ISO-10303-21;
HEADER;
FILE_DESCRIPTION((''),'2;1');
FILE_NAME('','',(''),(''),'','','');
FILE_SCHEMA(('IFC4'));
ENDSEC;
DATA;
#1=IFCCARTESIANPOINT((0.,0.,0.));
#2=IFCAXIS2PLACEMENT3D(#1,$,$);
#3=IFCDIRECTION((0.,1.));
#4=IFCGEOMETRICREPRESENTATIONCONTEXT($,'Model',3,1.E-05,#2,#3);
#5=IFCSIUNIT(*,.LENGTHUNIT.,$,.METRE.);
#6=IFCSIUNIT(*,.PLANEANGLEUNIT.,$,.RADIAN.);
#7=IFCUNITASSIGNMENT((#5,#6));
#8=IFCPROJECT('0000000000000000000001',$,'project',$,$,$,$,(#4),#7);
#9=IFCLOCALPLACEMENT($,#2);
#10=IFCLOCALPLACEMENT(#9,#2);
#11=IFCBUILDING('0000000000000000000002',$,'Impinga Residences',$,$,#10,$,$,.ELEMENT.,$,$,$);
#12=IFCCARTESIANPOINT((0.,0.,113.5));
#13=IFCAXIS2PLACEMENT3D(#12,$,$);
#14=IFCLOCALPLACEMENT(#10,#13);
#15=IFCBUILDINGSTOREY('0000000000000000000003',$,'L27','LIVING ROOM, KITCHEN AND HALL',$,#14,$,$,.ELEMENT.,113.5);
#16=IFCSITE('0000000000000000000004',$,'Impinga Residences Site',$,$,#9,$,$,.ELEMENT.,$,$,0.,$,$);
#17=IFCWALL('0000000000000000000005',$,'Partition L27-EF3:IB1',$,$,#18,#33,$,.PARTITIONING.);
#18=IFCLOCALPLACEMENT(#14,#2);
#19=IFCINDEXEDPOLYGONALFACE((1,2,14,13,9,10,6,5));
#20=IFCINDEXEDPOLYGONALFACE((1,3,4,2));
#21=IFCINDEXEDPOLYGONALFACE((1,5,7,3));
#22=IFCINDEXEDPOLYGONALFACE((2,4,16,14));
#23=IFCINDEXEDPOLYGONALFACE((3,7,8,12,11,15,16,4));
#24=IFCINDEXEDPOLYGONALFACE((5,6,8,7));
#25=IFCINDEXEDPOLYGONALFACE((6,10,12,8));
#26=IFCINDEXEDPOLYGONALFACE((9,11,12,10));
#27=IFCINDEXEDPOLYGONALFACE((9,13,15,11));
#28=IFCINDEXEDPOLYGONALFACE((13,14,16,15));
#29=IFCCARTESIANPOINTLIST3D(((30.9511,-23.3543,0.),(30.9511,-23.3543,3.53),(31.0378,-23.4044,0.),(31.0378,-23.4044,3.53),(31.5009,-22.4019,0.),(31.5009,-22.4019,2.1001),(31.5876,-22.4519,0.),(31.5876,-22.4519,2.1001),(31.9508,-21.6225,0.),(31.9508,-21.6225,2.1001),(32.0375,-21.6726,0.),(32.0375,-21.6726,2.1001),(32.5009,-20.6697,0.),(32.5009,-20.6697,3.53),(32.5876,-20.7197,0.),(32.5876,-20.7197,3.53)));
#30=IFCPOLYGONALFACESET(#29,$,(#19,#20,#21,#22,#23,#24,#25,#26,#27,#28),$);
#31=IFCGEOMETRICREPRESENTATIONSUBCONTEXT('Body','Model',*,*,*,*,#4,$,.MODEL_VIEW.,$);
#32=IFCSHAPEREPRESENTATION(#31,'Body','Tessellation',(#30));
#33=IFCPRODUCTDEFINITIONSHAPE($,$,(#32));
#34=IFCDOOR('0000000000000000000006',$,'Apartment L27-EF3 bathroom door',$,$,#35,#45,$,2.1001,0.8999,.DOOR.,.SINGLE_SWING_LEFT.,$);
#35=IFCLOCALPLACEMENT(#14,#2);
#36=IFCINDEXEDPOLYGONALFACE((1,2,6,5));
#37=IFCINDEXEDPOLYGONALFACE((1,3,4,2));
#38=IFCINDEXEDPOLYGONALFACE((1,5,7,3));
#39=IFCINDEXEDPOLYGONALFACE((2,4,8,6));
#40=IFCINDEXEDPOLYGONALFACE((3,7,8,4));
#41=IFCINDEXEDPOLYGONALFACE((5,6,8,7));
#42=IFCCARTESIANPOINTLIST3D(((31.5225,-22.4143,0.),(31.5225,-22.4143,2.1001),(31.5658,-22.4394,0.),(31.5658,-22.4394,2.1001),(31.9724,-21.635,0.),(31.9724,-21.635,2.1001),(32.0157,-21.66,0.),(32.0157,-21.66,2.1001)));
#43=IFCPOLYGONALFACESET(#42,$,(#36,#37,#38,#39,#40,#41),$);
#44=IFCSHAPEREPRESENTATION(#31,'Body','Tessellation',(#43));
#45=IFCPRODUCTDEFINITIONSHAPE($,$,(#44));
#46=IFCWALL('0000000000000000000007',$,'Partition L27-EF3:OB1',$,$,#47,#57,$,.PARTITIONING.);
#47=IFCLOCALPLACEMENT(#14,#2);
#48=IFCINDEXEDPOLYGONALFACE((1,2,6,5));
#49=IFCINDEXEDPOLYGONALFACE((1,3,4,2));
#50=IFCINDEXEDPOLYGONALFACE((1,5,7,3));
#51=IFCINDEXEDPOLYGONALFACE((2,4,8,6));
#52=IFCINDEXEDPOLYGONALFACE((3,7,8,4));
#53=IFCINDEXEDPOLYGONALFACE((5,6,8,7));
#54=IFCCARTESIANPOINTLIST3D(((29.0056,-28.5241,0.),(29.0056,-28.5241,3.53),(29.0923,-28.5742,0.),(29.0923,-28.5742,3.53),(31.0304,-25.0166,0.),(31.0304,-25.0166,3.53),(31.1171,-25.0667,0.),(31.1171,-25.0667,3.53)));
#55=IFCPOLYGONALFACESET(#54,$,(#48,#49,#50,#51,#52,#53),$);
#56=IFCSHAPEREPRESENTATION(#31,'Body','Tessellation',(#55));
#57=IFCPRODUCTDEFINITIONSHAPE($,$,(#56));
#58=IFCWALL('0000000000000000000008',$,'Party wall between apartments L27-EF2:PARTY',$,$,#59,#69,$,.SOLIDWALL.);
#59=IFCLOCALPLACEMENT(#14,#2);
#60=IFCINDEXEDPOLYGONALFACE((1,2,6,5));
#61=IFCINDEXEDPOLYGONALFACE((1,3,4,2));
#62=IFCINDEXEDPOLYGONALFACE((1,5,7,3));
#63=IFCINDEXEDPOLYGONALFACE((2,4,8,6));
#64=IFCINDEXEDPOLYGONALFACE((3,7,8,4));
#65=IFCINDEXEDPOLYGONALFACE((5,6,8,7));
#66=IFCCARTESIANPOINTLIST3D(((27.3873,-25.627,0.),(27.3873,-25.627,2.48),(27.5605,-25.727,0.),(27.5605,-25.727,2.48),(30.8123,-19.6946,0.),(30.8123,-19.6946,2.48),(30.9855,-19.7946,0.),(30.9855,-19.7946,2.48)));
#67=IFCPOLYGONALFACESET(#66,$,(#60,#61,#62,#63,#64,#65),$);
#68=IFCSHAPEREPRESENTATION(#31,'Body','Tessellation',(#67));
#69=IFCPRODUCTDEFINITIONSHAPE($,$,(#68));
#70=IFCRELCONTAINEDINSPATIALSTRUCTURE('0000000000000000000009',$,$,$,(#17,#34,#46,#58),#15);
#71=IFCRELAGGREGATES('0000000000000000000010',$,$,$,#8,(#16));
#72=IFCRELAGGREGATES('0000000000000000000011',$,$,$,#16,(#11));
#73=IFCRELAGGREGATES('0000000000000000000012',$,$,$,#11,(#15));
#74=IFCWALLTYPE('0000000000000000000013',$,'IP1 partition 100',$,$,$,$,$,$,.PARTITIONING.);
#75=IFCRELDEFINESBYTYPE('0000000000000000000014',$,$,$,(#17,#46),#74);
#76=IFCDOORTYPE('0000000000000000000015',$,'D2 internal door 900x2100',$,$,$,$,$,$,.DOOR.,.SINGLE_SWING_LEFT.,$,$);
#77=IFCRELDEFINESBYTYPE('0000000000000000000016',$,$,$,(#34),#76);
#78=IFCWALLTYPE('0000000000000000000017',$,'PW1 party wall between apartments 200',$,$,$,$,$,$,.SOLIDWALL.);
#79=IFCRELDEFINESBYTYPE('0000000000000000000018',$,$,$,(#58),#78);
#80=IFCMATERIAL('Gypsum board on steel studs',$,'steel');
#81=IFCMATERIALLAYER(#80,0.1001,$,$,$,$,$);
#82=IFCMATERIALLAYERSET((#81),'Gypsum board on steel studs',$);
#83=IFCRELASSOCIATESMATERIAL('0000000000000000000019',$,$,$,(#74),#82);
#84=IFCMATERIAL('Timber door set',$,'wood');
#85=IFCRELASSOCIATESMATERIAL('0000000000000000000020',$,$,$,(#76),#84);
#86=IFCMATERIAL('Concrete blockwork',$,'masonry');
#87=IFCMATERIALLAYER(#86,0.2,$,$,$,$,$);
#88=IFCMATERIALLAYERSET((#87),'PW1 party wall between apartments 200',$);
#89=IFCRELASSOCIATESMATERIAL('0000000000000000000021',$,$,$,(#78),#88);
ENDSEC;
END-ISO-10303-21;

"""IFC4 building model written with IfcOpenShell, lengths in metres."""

from ifc_helpers import new_model, si_unit, direction, frame, frame_2d, origin, place, context, subcontext, project, spatial, rectangle, extrude, material, layer, layer_set, type_object, element, fill, save


model = new_model("IFC4")

# Units and contexts
model_context = context("Model", 3, precision=1e-05, world=origin(), true_north=direction((0.0, 1.0)))
body_context = subcontext(model_context, "Body", "Model", "MODEL_VIEW")
ifc_project = project(units=[si_unit("LENGTHUNIT", "METRE"), si_unit("PLANEANGLEUNIT", "RADIAN")], contexts=[model_context])

# Site, building, storey
site_placement = place(None, origin())
site = spatial("IfcSite", under=ifc_project, at=site_placement, Name="Impinga Residences Site", CompositionType="ELEMENT", RefElevation=0.0)
building_placement = place(site_placement, origin())
building = spatial("IfcBuilding", under=site, at=building_placement, Name="Impinga Residences", CompositionType="ELEMENT")
storey_placement = place(building_placement, frame((0.0, 0.0, 113.5)))
storey = spatial("IfcBuildingStorey", under=building, at=storey_placement, Name="L27", Description="LIVING ROOM, KITCHEN AND HALL", CompositionType="ELEMENT", Elevation=113.5)

# Shared definitions
ifc_material_1 = material(Name="Gypsum board on steel studs", Category="steel")
ifc_layer_1 = layer(ifc_material_1, 0.1001)
ifc_layer_set_1 = layer_set([ifc_layer_1], Name="Gypsum board on steel studs")
wall_type_1 = type_object("IfcWallType", Name="IP1 partition 100", PredefinedType="PARTITIONING", material=ifc_layer_set_1)

# Shared definitions
ifc_material_2 = material(Name="Timber door set", Category="wood")
door_type = type_object("IfcDoorType", Name="D2 internal door 900x2100", OperationType="SINGLE_SWING_LEFT", PredefinedType="DOOR", material=ifc_material_2)

# Wall, opening, door
wall_1_placement = place(storey_placement, frame((32.5442, -20.6948, 0.0), z_axis=(0.0, 0.0, 1.0), x_axis=(-0.499968, -0.866044, 0.0)))
wall_1 = element("IfcWall", 1, at=wall_1_placement, inside=storey, type_object=wall_type_1, Name="Partition L27-EF3:IB1", PredefinedType="PARTITIONING", context=body_context, shape_type="SweptSolid", body=[
    extrude(rectangle(XDim=3.0999, YDim=0.1001, at=frame_2d((1.5498, 0.0))), origin(), (0.0, 0.0, 1.0), 3.53),
])
opening_1_placement = place(wall_1_placement, frame((1.1001, 0.0, 0.0)))
opening_1 = element("IfcOpeningElement", 2, at=opening_1_placement, cuts=wall_1, PredefinedType="OPENING", context=body_context, shape_type="SweptSolid", body=[
    extrude(rectangle(XDim=0.8999, YDim=2.1001, at=frame_2d((0.45, 1.05))), frame((0.0, 0.0601, 0.0), z_axis=(0.0, -1.0, 0.0), x_axis=(1.0, 0.0, 0.0)), (0.0, 0.0, 1.0), 0.1201),
])
door_1_placement = place(opening_1_placement, origin())
door_1 = element("IfcDoor", 3, at=door_1_placement, inside=storey, type_object=door_type, Name="Apartment L27-EF3 bathroom door", OperationType="SINGLE_SWING_LEFT", OverallHeight=2.1001, OverallWidth=0.8999, PredefinedType="DOOR", context=body_context, shape_type="SweptSolid", body=[
    extrude(rectangle(XDim=0.8999, YDim=2.1001, at=frame_2d((0.45, 1.05))), frame((0.0, 0.0249, 0.0), z_axis=(0.0, -1.0, 0.0), x_axis=(1.0, 0.0, 0.0)), (0.0, 0.0, 1.0), 0.05),
])
fill(opening_1, door_1)

# Walls
wall_2_placement = place(storey_placement, frame((31.0737, -25.0417, 0.0), z_axis=(0.0, 0.0, 1.0), x_axis=(-0.499964, -0.866046, 0.0)))
element("IfcWall", 4, at=wall_2_placement, inside=storey, type_object=wall_type_1, Name="Partition L27-EF3:OB1", PredefinedType="PARTITIONING", context=body_context, shape_type="SweptSolid", body=[
    extrude(rectangle(XDim=4.05, YDim=0.1001, at=frame_2d((2.0249, 0.0))), origin(), (0.0, 0.0, 1.0), 3.53),
])
ifc_material_3 = material(Name="Concrete blockwork", Category="masonry")
ifc_layer_2 = layer(ifc_material_3, 0.2)
ifc_layer_set_2 = layer_set([ifc_layer_2], Name="PW1 party wall between apartments 200")
wall_type_2 = type_object("IfcWallType", Name="PW1 party wall between apartments 200", PredefinedType="SOLIDWALL", material=ifc_layer_set_2)
wall_3_placement = place(storey_placement, frame((30.8989, -19.7446, 0.0), z_axis=(0.0, 0.0, 1.0), x_axis=(-0.499999, -0.866026, 0.0)))
element("IfcWall", 5, at=wall_3_placement, inside=storey, type_object=wall_type_2, Name="Party wall between apartments L27-EF2:PARTY", PredefinedType="SOLIDWALL", context=body_context, shape_type="SweptSolid", body=[
    extrude(rectangle(XDim=6.8501, YDim=0.2, at=frame_2d((3.425, 0.0))), origin(), (0.0, 0.0, 1.0), 2.48),
])

save(model, "model.ifc")
